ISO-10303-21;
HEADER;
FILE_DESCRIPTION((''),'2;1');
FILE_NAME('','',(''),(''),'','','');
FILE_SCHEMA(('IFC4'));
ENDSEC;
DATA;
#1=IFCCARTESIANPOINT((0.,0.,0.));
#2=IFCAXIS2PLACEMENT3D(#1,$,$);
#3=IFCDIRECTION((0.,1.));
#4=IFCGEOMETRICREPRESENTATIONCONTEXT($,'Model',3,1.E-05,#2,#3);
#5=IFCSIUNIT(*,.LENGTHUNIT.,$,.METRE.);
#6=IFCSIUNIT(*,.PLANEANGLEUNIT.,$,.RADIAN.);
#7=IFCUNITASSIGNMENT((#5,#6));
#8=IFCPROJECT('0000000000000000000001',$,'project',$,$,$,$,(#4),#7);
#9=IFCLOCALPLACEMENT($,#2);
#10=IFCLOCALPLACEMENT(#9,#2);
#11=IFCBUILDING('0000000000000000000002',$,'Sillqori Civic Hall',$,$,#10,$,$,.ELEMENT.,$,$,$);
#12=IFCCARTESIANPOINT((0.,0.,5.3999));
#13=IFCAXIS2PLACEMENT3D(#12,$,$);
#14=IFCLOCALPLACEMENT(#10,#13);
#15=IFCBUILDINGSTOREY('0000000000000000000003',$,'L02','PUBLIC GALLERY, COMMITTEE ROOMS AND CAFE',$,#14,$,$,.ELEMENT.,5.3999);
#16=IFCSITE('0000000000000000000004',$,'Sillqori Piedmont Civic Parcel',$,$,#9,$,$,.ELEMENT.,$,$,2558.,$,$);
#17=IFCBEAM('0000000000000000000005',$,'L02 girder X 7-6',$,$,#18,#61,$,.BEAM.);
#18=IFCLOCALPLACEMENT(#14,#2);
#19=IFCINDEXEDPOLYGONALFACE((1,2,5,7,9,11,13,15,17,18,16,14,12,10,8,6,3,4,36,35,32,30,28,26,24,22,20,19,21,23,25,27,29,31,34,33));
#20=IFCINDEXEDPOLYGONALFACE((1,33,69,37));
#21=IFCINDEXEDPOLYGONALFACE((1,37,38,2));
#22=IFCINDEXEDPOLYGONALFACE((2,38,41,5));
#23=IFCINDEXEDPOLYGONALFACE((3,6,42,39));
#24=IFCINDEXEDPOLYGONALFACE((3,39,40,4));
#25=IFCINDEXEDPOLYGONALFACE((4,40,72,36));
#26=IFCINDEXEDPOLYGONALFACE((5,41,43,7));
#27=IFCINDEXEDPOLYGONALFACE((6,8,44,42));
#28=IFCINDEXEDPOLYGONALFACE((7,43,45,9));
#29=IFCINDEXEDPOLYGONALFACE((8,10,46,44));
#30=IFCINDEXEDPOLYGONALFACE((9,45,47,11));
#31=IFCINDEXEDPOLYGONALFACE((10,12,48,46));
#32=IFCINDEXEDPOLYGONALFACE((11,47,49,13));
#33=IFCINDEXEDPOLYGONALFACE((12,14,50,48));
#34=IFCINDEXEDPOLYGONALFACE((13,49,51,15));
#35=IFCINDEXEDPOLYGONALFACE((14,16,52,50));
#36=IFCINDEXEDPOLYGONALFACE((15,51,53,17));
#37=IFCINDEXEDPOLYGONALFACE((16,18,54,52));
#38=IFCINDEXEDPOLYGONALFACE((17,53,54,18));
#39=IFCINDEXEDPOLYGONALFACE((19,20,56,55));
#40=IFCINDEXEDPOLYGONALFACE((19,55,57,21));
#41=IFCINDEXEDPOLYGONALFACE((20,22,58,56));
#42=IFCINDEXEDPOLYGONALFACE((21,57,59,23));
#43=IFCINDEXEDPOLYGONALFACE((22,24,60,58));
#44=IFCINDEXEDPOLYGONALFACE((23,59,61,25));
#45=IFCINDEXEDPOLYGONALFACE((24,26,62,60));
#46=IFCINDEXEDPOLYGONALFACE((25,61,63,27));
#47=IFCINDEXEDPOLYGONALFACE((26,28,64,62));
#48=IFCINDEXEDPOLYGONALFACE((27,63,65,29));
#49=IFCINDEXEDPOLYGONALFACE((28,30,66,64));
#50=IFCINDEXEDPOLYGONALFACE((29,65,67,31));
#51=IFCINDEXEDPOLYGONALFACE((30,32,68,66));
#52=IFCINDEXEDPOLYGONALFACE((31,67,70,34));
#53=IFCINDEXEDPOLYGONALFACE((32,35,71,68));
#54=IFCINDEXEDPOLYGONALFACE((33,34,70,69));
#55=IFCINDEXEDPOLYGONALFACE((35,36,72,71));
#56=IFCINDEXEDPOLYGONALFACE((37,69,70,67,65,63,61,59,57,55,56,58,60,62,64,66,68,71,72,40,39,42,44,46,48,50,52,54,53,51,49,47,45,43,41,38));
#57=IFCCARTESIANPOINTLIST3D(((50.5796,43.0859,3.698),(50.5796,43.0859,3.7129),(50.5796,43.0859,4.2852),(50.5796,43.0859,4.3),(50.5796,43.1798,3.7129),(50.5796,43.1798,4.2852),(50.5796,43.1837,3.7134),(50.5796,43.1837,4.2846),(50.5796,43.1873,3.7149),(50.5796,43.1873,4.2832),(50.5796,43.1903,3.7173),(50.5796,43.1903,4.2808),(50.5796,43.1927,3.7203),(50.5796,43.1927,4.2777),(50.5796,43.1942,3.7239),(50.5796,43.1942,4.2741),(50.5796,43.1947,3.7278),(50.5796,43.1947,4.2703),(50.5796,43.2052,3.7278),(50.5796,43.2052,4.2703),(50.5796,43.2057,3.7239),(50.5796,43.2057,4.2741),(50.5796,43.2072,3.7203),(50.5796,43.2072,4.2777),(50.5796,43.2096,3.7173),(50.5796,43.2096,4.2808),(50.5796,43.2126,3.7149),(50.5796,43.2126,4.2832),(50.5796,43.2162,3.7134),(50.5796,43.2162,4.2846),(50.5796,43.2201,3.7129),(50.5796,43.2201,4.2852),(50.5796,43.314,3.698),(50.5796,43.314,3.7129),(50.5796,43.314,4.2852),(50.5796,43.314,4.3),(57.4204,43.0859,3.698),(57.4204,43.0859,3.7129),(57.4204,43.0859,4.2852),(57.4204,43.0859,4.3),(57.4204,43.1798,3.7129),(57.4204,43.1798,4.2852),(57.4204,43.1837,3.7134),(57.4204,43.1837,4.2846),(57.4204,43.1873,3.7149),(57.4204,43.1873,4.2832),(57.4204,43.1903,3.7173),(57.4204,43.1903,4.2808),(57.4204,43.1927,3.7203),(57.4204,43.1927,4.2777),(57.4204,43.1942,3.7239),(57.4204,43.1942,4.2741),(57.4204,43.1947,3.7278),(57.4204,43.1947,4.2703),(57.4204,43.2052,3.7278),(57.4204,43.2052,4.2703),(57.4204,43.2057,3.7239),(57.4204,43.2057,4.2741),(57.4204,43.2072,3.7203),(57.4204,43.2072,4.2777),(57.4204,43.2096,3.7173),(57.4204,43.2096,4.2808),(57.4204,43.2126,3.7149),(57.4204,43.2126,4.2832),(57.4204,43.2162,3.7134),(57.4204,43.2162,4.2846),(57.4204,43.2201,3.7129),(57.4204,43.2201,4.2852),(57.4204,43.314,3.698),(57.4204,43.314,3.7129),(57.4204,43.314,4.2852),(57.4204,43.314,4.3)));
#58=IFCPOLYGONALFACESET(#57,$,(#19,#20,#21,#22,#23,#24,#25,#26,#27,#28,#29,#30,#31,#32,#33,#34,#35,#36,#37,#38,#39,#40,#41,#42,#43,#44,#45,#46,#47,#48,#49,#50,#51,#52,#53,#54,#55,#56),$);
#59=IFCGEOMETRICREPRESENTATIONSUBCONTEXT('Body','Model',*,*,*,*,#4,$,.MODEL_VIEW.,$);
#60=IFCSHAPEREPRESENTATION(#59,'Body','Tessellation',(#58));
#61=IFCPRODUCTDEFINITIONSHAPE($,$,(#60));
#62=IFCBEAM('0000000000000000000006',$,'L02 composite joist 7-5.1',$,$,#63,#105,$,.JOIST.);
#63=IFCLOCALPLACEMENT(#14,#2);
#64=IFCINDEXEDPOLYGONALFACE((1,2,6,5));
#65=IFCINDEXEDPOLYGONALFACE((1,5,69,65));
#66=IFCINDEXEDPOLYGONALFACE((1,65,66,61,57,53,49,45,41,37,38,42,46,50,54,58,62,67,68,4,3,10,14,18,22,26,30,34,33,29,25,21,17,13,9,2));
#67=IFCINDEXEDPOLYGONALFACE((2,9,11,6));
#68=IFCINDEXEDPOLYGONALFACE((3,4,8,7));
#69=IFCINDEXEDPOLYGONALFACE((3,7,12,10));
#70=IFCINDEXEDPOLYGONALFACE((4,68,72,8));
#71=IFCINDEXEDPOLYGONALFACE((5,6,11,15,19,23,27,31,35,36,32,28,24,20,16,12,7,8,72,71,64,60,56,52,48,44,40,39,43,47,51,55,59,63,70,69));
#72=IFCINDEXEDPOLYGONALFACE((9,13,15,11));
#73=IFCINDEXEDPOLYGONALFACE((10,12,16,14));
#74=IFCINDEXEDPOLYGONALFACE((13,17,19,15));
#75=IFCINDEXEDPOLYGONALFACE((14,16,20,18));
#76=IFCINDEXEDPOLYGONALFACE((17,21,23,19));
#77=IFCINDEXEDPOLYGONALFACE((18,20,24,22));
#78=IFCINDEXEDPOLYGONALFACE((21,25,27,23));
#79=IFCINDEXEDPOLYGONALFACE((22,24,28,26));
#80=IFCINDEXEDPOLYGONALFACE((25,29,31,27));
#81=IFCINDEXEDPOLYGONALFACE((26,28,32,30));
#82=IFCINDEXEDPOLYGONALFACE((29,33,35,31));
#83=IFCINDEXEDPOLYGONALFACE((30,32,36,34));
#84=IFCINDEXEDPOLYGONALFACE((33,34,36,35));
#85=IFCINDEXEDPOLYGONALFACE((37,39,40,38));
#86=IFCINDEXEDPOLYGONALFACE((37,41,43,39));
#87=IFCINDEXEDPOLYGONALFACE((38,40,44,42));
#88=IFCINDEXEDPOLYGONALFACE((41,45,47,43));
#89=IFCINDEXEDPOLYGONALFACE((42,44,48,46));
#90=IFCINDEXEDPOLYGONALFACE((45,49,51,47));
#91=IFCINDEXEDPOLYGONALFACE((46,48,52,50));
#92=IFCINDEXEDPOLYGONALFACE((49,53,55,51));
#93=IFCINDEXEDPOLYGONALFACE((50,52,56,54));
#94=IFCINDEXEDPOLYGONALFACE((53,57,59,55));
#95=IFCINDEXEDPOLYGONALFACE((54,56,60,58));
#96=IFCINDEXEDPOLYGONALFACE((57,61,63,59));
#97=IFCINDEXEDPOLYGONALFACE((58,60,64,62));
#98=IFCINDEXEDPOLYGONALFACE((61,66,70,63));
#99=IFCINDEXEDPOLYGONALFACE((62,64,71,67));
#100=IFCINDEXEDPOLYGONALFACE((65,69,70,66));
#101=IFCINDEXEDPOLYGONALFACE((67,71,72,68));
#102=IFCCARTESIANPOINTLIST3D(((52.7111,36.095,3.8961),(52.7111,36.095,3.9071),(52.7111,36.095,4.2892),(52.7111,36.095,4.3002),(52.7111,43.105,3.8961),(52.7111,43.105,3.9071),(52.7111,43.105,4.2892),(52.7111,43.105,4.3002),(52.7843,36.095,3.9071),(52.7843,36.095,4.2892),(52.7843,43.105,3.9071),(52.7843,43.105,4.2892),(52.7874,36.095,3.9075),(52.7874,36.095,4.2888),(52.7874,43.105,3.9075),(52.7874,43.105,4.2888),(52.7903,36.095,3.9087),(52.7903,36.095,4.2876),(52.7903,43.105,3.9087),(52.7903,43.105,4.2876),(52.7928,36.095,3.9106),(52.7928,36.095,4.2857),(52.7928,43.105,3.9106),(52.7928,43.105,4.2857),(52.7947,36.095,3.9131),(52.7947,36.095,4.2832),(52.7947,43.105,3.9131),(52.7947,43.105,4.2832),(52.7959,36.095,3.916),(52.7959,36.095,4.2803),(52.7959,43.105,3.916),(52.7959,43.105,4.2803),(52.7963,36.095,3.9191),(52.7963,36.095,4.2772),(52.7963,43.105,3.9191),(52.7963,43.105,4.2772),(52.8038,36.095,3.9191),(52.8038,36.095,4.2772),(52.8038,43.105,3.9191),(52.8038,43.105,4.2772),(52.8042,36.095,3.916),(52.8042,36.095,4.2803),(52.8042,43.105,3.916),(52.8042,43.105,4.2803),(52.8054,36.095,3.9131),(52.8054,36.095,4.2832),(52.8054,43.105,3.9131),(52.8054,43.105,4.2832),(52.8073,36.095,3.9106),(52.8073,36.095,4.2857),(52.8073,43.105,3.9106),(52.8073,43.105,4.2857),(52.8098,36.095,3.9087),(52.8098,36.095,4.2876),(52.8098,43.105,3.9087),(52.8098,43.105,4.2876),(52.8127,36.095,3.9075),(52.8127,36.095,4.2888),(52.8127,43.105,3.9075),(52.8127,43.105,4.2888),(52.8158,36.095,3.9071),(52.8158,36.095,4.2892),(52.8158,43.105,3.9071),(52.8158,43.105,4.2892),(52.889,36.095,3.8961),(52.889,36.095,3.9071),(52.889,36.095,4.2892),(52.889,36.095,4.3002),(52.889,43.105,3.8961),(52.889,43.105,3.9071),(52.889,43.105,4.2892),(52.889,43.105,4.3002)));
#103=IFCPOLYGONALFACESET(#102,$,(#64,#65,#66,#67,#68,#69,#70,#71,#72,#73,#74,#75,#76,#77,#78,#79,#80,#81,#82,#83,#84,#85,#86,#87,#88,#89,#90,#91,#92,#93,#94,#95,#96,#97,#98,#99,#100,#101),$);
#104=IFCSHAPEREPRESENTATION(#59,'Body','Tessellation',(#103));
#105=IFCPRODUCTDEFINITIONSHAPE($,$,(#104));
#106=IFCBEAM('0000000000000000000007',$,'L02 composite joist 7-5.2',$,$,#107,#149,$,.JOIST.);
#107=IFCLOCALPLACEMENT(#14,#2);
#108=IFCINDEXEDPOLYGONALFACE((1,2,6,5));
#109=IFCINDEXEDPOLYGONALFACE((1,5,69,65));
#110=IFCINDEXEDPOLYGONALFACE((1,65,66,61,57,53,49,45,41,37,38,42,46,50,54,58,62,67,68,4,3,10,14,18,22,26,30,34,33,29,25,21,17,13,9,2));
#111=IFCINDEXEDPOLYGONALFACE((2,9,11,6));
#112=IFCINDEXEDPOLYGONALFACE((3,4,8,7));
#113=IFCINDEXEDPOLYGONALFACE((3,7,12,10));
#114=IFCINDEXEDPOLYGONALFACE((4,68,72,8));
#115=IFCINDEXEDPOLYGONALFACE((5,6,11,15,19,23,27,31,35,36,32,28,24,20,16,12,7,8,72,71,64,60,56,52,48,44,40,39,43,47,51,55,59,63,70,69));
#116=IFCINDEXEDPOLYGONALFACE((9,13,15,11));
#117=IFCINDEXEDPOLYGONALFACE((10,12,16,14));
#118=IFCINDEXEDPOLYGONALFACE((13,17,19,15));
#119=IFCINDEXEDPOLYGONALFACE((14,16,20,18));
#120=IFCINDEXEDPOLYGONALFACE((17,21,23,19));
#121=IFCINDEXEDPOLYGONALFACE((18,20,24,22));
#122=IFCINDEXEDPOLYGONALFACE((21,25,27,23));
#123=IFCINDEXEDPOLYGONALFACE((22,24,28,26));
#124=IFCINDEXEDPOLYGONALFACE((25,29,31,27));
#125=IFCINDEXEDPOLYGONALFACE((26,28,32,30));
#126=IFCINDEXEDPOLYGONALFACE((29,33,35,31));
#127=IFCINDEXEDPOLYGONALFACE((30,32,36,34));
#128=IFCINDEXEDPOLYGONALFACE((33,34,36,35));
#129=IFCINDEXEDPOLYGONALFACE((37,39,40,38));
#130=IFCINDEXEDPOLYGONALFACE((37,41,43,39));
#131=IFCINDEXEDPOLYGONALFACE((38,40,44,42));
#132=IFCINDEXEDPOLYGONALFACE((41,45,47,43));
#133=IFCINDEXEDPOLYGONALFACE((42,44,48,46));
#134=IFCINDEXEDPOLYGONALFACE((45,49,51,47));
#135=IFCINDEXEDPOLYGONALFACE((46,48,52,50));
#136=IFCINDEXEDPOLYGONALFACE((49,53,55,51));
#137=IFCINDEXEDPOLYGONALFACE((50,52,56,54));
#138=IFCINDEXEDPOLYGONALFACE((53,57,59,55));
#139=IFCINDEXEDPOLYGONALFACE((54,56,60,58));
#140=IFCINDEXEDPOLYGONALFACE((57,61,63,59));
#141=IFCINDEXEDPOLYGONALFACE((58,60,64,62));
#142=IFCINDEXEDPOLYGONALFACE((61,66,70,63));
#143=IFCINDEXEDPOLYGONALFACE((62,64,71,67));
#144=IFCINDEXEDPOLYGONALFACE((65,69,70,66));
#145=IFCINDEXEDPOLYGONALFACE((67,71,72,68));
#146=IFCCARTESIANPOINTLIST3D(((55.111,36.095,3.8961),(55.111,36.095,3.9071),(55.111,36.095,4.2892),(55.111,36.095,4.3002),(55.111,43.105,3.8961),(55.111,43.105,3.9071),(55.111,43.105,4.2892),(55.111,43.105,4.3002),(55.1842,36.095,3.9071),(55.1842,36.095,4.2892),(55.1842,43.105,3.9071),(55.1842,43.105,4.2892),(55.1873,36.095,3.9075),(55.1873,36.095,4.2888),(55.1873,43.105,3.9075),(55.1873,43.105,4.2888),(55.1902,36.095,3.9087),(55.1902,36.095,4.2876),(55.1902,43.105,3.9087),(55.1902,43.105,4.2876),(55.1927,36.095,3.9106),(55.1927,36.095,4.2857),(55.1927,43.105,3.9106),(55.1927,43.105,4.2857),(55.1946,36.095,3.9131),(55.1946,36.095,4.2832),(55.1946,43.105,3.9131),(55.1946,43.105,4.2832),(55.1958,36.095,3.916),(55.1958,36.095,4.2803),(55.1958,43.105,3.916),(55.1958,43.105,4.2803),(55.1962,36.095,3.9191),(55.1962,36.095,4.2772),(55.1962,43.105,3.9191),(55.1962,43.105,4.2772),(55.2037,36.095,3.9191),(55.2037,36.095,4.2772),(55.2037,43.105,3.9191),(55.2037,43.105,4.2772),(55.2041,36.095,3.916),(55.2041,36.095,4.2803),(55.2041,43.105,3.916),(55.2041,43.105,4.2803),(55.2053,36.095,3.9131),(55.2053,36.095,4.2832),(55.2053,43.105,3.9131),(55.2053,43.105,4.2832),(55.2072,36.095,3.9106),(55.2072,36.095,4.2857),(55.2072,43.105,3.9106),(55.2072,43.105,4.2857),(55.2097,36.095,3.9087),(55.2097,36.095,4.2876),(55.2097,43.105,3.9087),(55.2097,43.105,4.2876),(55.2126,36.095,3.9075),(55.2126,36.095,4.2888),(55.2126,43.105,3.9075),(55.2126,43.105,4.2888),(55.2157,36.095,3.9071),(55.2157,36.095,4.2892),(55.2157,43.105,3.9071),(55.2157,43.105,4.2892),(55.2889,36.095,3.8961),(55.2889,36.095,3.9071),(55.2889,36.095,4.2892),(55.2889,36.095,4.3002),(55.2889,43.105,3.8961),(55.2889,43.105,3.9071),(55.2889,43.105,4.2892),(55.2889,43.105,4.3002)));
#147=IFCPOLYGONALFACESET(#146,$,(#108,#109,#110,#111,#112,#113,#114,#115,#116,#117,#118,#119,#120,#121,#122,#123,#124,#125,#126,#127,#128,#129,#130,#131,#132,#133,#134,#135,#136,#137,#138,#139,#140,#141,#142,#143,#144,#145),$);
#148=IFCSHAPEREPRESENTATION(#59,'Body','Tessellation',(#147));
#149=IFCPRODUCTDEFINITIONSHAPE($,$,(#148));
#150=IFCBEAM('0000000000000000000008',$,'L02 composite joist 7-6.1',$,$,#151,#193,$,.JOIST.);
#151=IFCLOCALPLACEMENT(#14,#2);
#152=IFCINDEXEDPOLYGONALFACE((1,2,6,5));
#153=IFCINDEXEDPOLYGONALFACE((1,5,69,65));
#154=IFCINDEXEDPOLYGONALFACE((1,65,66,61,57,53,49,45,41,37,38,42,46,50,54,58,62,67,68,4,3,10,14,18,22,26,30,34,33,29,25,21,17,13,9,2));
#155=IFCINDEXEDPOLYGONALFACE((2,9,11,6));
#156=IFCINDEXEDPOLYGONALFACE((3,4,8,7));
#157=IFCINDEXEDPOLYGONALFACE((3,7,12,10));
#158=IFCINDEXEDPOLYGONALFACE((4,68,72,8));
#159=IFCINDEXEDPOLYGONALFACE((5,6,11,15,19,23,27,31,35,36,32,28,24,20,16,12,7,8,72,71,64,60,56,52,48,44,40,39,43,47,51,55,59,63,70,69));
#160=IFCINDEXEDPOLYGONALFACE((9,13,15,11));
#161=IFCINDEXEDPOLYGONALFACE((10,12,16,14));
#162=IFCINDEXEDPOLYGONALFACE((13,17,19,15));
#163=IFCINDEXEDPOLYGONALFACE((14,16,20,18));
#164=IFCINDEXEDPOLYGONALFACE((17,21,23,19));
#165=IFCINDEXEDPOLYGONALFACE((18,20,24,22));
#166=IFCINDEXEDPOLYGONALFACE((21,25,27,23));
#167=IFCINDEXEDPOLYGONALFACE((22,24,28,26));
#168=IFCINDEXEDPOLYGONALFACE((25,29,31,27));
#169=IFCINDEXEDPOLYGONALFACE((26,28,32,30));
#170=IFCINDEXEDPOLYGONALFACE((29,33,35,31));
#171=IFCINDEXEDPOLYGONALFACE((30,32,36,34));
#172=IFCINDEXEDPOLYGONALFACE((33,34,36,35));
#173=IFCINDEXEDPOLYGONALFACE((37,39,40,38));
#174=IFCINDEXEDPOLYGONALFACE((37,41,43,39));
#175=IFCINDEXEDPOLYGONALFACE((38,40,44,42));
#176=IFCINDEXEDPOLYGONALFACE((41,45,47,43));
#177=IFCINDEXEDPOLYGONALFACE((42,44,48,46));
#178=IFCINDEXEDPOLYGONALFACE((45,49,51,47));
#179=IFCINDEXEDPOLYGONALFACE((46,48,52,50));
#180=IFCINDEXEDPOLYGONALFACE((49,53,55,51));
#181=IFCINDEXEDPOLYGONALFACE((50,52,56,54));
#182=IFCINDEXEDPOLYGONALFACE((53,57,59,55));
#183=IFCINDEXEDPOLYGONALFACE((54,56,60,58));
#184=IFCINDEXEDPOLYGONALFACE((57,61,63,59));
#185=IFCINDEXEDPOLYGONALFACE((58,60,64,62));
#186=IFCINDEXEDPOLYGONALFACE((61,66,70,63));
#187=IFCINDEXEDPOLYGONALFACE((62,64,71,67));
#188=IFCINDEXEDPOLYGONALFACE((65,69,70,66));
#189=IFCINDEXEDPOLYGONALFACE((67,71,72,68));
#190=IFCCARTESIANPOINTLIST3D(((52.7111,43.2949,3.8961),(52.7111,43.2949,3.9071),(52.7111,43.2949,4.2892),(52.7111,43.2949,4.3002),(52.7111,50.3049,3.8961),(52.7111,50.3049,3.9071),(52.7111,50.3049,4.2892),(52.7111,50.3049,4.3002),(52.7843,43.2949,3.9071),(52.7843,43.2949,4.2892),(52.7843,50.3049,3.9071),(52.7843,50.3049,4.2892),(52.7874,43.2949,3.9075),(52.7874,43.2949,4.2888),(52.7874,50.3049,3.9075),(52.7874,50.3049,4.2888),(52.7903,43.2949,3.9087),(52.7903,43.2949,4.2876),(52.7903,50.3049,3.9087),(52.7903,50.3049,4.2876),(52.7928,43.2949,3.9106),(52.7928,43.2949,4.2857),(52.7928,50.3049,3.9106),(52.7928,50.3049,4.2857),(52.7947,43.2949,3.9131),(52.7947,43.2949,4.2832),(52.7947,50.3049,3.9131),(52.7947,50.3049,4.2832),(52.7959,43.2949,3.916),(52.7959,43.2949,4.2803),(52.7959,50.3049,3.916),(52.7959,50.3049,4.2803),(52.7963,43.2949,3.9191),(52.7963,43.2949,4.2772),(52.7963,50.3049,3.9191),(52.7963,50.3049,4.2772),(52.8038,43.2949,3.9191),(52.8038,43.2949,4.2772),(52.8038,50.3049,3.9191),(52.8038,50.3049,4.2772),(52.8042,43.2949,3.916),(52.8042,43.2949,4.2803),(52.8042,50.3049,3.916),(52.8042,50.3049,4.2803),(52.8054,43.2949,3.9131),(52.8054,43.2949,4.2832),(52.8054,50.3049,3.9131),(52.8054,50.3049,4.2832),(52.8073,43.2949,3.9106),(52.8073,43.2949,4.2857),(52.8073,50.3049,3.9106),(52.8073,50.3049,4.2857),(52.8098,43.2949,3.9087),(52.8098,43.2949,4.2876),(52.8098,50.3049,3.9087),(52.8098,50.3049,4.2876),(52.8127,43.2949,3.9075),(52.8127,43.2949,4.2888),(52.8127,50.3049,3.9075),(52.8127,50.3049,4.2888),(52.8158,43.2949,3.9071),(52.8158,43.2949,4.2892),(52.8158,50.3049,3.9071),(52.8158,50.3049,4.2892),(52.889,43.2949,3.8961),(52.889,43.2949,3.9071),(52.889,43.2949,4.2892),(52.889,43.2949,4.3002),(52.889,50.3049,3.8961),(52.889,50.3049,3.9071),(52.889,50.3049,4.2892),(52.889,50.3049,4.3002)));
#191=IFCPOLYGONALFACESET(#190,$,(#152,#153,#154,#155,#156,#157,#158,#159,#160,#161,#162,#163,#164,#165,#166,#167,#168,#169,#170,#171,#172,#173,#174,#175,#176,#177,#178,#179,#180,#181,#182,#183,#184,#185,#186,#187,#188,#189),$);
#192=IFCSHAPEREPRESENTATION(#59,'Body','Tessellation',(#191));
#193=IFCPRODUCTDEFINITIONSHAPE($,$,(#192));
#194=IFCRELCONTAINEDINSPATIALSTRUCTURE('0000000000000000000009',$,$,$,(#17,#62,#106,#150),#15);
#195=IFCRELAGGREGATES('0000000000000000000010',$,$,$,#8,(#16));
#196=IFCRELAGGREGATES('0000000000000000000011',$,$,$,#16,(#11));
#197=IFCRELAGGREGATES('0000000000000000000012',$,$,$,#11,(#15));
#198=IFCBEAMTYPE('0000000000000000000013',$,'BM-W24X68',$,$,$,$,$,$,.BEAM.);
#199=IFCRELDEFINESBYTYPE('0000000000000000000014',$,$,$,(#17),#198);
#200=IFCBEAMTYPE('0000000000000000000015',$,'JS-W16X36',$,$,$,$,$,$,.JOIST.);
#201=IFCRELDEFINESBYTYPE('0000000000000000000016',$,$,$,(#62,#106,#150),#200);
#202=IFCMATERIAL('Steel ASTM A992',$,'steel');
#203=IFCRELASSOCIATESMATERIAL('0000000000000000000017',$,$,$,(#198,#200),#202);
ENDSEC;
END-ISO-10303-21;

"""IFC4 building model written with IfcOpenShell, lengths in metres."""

from ifc_helpers import new_model, si_unit, direction, frame, origin, origin_2d, place, context, subcontext, project, spatial, i_section, extrude, material, material_profile, profile_set, type_object, element, save


model = new_model("IFC4")

# Units and contexts
model_context = context("Model", 3, precision=1e-05, world=origin(), true_north=direction((0.0, 1.0)))
body_context = subcontext(model_context, "Body", "Model", "MODEL_VIEW")
ifc_project = project(units=[si_unit("LENGTHUNIT", "METRE"), si_unit("PLANEANGLEUNIT", "RADIAN")], contexts=[model_context])

# Site, building, storey
site_placement = place(None, origin())
site = spatial("IfcSite", under=ifc_project, at=site_placement, Name="Sillqori Piedmont Civic Parcel", CompositionType="ELEMENT", RefElevation=2558.0)
building_placement = place(site_placement, origin())
building = spatial("IfcBuilding", under=site, at=building_placement, Name="Sillqori Civic Hall", CompositionType="ELEMENT")
storey_placement = place(building_placement, frame((0.0, 0.0, 5.3999)))
storey = spatial("IfcBuildingStorey", under=building, at=storey_placement, Name="L02", Description="PUBLIC GALLERY, COMMITTEE ROOMS AND CAFE", CompositionType="ELEMENT", Elevation=5.3999)

# Shared definitions
ifc_material_1 = material(Name="Steel ASTM A992", Category="steel")

# Beams
ifc_material_profile_1 = material_profile(ifc_material_1, i_section(OverallWidth=0.228, OverallDepth=0.6021, WebThickness=0.0105, FlangeThickness=0.0149, FilletRadius=0.0149, at=origin_2d()), Name="W24X68")
ifc_profile_set_1 = profile_set([ifc_material_profile_1], Name="Steel ASTM A992")
beam_type_1 = type_object("IfcBeamType", Name="BM-W24X68", PredefinedType="BEAM", material=ifc_profile_set_1)
beam_1_placement = place(storey_placement, frame((50.5796, 43.2, 3.999), z_axis=(1.0, 0.0, 0.0), x_axis=(0.0, 1.0, 0.0)))
element("IfcBeam", 1, at=beam_1_placement, inside=storey, type_object=beam_type_1, Name="L02 girder X 7-6", PredefinedType="BEAM", context=body_context, shape_type="SweptSolid", body=[
    extrude(i_section(OverallWidth=0.228, OverallDepth=0.6021, WebThickness=0.0105, FlangeThickness=0.0149, FilletRadius=0.0149, at=origin_2d()), origin(), (0.0, 0.0, 1.0), 6.8408),
])
ifc_material_profile_2 = material_profile(ifc_material_1, i_section(OverallWidth=0.178, OverallDepth=0.4041, WebThickness=0.0076, FlangeThickness=0.011, FilletRadius=0.012, at=origin_2d()), Name="W16X36")
ifc_profile_set_2 = profile_set([ifc_material_profile_2], Name="Steel ASTM A992")
beam_type_2 = type_object("IfcBeamType", Name="JS-W16X36", PredefinedType="JOIST", material=ifc_profile_set_2)
for number, where, z_axis, x_axis, name in (
    (2, (52.8, 36.095, 4.0981), (0.0, 1.0, 0.0), (-1.0, 0.0, 0.0), "L02 composite joist 7-5.1"),
    (3, (55.2, 36.095, 4.0981), (0.0, 1.0, 0.0), (-1.0, 0.0, 0.0), "L02 composite joist 7-5.2"),
    (4, (52.8, 43.2949, 4.0981), (0.0, 1.0, 0.0), (-1.0, 0.0, 0.0), "L02 composite joist 7-6.1"),
):
    element("IfcBeam", number, at=place(storey_placement, frame(where, z_axis=z_axis, x_axis=x_axis)), inside=storey, type_object=beam_type_2, Name=name, PredefinedType="JOIST", context=body_context, shape_type="SweptSolid", body=[
        extrude(i_section(OverallWidth=0.178, OverallDepth=0.4041, WebThickness=0.0076, FlangeThickness=0.011, FilletRadius=0.012, at=origin_2d()), origin(), (0.0, 0.0, 1.0), 7.01),
    ])

save(model, "model.ifc")
